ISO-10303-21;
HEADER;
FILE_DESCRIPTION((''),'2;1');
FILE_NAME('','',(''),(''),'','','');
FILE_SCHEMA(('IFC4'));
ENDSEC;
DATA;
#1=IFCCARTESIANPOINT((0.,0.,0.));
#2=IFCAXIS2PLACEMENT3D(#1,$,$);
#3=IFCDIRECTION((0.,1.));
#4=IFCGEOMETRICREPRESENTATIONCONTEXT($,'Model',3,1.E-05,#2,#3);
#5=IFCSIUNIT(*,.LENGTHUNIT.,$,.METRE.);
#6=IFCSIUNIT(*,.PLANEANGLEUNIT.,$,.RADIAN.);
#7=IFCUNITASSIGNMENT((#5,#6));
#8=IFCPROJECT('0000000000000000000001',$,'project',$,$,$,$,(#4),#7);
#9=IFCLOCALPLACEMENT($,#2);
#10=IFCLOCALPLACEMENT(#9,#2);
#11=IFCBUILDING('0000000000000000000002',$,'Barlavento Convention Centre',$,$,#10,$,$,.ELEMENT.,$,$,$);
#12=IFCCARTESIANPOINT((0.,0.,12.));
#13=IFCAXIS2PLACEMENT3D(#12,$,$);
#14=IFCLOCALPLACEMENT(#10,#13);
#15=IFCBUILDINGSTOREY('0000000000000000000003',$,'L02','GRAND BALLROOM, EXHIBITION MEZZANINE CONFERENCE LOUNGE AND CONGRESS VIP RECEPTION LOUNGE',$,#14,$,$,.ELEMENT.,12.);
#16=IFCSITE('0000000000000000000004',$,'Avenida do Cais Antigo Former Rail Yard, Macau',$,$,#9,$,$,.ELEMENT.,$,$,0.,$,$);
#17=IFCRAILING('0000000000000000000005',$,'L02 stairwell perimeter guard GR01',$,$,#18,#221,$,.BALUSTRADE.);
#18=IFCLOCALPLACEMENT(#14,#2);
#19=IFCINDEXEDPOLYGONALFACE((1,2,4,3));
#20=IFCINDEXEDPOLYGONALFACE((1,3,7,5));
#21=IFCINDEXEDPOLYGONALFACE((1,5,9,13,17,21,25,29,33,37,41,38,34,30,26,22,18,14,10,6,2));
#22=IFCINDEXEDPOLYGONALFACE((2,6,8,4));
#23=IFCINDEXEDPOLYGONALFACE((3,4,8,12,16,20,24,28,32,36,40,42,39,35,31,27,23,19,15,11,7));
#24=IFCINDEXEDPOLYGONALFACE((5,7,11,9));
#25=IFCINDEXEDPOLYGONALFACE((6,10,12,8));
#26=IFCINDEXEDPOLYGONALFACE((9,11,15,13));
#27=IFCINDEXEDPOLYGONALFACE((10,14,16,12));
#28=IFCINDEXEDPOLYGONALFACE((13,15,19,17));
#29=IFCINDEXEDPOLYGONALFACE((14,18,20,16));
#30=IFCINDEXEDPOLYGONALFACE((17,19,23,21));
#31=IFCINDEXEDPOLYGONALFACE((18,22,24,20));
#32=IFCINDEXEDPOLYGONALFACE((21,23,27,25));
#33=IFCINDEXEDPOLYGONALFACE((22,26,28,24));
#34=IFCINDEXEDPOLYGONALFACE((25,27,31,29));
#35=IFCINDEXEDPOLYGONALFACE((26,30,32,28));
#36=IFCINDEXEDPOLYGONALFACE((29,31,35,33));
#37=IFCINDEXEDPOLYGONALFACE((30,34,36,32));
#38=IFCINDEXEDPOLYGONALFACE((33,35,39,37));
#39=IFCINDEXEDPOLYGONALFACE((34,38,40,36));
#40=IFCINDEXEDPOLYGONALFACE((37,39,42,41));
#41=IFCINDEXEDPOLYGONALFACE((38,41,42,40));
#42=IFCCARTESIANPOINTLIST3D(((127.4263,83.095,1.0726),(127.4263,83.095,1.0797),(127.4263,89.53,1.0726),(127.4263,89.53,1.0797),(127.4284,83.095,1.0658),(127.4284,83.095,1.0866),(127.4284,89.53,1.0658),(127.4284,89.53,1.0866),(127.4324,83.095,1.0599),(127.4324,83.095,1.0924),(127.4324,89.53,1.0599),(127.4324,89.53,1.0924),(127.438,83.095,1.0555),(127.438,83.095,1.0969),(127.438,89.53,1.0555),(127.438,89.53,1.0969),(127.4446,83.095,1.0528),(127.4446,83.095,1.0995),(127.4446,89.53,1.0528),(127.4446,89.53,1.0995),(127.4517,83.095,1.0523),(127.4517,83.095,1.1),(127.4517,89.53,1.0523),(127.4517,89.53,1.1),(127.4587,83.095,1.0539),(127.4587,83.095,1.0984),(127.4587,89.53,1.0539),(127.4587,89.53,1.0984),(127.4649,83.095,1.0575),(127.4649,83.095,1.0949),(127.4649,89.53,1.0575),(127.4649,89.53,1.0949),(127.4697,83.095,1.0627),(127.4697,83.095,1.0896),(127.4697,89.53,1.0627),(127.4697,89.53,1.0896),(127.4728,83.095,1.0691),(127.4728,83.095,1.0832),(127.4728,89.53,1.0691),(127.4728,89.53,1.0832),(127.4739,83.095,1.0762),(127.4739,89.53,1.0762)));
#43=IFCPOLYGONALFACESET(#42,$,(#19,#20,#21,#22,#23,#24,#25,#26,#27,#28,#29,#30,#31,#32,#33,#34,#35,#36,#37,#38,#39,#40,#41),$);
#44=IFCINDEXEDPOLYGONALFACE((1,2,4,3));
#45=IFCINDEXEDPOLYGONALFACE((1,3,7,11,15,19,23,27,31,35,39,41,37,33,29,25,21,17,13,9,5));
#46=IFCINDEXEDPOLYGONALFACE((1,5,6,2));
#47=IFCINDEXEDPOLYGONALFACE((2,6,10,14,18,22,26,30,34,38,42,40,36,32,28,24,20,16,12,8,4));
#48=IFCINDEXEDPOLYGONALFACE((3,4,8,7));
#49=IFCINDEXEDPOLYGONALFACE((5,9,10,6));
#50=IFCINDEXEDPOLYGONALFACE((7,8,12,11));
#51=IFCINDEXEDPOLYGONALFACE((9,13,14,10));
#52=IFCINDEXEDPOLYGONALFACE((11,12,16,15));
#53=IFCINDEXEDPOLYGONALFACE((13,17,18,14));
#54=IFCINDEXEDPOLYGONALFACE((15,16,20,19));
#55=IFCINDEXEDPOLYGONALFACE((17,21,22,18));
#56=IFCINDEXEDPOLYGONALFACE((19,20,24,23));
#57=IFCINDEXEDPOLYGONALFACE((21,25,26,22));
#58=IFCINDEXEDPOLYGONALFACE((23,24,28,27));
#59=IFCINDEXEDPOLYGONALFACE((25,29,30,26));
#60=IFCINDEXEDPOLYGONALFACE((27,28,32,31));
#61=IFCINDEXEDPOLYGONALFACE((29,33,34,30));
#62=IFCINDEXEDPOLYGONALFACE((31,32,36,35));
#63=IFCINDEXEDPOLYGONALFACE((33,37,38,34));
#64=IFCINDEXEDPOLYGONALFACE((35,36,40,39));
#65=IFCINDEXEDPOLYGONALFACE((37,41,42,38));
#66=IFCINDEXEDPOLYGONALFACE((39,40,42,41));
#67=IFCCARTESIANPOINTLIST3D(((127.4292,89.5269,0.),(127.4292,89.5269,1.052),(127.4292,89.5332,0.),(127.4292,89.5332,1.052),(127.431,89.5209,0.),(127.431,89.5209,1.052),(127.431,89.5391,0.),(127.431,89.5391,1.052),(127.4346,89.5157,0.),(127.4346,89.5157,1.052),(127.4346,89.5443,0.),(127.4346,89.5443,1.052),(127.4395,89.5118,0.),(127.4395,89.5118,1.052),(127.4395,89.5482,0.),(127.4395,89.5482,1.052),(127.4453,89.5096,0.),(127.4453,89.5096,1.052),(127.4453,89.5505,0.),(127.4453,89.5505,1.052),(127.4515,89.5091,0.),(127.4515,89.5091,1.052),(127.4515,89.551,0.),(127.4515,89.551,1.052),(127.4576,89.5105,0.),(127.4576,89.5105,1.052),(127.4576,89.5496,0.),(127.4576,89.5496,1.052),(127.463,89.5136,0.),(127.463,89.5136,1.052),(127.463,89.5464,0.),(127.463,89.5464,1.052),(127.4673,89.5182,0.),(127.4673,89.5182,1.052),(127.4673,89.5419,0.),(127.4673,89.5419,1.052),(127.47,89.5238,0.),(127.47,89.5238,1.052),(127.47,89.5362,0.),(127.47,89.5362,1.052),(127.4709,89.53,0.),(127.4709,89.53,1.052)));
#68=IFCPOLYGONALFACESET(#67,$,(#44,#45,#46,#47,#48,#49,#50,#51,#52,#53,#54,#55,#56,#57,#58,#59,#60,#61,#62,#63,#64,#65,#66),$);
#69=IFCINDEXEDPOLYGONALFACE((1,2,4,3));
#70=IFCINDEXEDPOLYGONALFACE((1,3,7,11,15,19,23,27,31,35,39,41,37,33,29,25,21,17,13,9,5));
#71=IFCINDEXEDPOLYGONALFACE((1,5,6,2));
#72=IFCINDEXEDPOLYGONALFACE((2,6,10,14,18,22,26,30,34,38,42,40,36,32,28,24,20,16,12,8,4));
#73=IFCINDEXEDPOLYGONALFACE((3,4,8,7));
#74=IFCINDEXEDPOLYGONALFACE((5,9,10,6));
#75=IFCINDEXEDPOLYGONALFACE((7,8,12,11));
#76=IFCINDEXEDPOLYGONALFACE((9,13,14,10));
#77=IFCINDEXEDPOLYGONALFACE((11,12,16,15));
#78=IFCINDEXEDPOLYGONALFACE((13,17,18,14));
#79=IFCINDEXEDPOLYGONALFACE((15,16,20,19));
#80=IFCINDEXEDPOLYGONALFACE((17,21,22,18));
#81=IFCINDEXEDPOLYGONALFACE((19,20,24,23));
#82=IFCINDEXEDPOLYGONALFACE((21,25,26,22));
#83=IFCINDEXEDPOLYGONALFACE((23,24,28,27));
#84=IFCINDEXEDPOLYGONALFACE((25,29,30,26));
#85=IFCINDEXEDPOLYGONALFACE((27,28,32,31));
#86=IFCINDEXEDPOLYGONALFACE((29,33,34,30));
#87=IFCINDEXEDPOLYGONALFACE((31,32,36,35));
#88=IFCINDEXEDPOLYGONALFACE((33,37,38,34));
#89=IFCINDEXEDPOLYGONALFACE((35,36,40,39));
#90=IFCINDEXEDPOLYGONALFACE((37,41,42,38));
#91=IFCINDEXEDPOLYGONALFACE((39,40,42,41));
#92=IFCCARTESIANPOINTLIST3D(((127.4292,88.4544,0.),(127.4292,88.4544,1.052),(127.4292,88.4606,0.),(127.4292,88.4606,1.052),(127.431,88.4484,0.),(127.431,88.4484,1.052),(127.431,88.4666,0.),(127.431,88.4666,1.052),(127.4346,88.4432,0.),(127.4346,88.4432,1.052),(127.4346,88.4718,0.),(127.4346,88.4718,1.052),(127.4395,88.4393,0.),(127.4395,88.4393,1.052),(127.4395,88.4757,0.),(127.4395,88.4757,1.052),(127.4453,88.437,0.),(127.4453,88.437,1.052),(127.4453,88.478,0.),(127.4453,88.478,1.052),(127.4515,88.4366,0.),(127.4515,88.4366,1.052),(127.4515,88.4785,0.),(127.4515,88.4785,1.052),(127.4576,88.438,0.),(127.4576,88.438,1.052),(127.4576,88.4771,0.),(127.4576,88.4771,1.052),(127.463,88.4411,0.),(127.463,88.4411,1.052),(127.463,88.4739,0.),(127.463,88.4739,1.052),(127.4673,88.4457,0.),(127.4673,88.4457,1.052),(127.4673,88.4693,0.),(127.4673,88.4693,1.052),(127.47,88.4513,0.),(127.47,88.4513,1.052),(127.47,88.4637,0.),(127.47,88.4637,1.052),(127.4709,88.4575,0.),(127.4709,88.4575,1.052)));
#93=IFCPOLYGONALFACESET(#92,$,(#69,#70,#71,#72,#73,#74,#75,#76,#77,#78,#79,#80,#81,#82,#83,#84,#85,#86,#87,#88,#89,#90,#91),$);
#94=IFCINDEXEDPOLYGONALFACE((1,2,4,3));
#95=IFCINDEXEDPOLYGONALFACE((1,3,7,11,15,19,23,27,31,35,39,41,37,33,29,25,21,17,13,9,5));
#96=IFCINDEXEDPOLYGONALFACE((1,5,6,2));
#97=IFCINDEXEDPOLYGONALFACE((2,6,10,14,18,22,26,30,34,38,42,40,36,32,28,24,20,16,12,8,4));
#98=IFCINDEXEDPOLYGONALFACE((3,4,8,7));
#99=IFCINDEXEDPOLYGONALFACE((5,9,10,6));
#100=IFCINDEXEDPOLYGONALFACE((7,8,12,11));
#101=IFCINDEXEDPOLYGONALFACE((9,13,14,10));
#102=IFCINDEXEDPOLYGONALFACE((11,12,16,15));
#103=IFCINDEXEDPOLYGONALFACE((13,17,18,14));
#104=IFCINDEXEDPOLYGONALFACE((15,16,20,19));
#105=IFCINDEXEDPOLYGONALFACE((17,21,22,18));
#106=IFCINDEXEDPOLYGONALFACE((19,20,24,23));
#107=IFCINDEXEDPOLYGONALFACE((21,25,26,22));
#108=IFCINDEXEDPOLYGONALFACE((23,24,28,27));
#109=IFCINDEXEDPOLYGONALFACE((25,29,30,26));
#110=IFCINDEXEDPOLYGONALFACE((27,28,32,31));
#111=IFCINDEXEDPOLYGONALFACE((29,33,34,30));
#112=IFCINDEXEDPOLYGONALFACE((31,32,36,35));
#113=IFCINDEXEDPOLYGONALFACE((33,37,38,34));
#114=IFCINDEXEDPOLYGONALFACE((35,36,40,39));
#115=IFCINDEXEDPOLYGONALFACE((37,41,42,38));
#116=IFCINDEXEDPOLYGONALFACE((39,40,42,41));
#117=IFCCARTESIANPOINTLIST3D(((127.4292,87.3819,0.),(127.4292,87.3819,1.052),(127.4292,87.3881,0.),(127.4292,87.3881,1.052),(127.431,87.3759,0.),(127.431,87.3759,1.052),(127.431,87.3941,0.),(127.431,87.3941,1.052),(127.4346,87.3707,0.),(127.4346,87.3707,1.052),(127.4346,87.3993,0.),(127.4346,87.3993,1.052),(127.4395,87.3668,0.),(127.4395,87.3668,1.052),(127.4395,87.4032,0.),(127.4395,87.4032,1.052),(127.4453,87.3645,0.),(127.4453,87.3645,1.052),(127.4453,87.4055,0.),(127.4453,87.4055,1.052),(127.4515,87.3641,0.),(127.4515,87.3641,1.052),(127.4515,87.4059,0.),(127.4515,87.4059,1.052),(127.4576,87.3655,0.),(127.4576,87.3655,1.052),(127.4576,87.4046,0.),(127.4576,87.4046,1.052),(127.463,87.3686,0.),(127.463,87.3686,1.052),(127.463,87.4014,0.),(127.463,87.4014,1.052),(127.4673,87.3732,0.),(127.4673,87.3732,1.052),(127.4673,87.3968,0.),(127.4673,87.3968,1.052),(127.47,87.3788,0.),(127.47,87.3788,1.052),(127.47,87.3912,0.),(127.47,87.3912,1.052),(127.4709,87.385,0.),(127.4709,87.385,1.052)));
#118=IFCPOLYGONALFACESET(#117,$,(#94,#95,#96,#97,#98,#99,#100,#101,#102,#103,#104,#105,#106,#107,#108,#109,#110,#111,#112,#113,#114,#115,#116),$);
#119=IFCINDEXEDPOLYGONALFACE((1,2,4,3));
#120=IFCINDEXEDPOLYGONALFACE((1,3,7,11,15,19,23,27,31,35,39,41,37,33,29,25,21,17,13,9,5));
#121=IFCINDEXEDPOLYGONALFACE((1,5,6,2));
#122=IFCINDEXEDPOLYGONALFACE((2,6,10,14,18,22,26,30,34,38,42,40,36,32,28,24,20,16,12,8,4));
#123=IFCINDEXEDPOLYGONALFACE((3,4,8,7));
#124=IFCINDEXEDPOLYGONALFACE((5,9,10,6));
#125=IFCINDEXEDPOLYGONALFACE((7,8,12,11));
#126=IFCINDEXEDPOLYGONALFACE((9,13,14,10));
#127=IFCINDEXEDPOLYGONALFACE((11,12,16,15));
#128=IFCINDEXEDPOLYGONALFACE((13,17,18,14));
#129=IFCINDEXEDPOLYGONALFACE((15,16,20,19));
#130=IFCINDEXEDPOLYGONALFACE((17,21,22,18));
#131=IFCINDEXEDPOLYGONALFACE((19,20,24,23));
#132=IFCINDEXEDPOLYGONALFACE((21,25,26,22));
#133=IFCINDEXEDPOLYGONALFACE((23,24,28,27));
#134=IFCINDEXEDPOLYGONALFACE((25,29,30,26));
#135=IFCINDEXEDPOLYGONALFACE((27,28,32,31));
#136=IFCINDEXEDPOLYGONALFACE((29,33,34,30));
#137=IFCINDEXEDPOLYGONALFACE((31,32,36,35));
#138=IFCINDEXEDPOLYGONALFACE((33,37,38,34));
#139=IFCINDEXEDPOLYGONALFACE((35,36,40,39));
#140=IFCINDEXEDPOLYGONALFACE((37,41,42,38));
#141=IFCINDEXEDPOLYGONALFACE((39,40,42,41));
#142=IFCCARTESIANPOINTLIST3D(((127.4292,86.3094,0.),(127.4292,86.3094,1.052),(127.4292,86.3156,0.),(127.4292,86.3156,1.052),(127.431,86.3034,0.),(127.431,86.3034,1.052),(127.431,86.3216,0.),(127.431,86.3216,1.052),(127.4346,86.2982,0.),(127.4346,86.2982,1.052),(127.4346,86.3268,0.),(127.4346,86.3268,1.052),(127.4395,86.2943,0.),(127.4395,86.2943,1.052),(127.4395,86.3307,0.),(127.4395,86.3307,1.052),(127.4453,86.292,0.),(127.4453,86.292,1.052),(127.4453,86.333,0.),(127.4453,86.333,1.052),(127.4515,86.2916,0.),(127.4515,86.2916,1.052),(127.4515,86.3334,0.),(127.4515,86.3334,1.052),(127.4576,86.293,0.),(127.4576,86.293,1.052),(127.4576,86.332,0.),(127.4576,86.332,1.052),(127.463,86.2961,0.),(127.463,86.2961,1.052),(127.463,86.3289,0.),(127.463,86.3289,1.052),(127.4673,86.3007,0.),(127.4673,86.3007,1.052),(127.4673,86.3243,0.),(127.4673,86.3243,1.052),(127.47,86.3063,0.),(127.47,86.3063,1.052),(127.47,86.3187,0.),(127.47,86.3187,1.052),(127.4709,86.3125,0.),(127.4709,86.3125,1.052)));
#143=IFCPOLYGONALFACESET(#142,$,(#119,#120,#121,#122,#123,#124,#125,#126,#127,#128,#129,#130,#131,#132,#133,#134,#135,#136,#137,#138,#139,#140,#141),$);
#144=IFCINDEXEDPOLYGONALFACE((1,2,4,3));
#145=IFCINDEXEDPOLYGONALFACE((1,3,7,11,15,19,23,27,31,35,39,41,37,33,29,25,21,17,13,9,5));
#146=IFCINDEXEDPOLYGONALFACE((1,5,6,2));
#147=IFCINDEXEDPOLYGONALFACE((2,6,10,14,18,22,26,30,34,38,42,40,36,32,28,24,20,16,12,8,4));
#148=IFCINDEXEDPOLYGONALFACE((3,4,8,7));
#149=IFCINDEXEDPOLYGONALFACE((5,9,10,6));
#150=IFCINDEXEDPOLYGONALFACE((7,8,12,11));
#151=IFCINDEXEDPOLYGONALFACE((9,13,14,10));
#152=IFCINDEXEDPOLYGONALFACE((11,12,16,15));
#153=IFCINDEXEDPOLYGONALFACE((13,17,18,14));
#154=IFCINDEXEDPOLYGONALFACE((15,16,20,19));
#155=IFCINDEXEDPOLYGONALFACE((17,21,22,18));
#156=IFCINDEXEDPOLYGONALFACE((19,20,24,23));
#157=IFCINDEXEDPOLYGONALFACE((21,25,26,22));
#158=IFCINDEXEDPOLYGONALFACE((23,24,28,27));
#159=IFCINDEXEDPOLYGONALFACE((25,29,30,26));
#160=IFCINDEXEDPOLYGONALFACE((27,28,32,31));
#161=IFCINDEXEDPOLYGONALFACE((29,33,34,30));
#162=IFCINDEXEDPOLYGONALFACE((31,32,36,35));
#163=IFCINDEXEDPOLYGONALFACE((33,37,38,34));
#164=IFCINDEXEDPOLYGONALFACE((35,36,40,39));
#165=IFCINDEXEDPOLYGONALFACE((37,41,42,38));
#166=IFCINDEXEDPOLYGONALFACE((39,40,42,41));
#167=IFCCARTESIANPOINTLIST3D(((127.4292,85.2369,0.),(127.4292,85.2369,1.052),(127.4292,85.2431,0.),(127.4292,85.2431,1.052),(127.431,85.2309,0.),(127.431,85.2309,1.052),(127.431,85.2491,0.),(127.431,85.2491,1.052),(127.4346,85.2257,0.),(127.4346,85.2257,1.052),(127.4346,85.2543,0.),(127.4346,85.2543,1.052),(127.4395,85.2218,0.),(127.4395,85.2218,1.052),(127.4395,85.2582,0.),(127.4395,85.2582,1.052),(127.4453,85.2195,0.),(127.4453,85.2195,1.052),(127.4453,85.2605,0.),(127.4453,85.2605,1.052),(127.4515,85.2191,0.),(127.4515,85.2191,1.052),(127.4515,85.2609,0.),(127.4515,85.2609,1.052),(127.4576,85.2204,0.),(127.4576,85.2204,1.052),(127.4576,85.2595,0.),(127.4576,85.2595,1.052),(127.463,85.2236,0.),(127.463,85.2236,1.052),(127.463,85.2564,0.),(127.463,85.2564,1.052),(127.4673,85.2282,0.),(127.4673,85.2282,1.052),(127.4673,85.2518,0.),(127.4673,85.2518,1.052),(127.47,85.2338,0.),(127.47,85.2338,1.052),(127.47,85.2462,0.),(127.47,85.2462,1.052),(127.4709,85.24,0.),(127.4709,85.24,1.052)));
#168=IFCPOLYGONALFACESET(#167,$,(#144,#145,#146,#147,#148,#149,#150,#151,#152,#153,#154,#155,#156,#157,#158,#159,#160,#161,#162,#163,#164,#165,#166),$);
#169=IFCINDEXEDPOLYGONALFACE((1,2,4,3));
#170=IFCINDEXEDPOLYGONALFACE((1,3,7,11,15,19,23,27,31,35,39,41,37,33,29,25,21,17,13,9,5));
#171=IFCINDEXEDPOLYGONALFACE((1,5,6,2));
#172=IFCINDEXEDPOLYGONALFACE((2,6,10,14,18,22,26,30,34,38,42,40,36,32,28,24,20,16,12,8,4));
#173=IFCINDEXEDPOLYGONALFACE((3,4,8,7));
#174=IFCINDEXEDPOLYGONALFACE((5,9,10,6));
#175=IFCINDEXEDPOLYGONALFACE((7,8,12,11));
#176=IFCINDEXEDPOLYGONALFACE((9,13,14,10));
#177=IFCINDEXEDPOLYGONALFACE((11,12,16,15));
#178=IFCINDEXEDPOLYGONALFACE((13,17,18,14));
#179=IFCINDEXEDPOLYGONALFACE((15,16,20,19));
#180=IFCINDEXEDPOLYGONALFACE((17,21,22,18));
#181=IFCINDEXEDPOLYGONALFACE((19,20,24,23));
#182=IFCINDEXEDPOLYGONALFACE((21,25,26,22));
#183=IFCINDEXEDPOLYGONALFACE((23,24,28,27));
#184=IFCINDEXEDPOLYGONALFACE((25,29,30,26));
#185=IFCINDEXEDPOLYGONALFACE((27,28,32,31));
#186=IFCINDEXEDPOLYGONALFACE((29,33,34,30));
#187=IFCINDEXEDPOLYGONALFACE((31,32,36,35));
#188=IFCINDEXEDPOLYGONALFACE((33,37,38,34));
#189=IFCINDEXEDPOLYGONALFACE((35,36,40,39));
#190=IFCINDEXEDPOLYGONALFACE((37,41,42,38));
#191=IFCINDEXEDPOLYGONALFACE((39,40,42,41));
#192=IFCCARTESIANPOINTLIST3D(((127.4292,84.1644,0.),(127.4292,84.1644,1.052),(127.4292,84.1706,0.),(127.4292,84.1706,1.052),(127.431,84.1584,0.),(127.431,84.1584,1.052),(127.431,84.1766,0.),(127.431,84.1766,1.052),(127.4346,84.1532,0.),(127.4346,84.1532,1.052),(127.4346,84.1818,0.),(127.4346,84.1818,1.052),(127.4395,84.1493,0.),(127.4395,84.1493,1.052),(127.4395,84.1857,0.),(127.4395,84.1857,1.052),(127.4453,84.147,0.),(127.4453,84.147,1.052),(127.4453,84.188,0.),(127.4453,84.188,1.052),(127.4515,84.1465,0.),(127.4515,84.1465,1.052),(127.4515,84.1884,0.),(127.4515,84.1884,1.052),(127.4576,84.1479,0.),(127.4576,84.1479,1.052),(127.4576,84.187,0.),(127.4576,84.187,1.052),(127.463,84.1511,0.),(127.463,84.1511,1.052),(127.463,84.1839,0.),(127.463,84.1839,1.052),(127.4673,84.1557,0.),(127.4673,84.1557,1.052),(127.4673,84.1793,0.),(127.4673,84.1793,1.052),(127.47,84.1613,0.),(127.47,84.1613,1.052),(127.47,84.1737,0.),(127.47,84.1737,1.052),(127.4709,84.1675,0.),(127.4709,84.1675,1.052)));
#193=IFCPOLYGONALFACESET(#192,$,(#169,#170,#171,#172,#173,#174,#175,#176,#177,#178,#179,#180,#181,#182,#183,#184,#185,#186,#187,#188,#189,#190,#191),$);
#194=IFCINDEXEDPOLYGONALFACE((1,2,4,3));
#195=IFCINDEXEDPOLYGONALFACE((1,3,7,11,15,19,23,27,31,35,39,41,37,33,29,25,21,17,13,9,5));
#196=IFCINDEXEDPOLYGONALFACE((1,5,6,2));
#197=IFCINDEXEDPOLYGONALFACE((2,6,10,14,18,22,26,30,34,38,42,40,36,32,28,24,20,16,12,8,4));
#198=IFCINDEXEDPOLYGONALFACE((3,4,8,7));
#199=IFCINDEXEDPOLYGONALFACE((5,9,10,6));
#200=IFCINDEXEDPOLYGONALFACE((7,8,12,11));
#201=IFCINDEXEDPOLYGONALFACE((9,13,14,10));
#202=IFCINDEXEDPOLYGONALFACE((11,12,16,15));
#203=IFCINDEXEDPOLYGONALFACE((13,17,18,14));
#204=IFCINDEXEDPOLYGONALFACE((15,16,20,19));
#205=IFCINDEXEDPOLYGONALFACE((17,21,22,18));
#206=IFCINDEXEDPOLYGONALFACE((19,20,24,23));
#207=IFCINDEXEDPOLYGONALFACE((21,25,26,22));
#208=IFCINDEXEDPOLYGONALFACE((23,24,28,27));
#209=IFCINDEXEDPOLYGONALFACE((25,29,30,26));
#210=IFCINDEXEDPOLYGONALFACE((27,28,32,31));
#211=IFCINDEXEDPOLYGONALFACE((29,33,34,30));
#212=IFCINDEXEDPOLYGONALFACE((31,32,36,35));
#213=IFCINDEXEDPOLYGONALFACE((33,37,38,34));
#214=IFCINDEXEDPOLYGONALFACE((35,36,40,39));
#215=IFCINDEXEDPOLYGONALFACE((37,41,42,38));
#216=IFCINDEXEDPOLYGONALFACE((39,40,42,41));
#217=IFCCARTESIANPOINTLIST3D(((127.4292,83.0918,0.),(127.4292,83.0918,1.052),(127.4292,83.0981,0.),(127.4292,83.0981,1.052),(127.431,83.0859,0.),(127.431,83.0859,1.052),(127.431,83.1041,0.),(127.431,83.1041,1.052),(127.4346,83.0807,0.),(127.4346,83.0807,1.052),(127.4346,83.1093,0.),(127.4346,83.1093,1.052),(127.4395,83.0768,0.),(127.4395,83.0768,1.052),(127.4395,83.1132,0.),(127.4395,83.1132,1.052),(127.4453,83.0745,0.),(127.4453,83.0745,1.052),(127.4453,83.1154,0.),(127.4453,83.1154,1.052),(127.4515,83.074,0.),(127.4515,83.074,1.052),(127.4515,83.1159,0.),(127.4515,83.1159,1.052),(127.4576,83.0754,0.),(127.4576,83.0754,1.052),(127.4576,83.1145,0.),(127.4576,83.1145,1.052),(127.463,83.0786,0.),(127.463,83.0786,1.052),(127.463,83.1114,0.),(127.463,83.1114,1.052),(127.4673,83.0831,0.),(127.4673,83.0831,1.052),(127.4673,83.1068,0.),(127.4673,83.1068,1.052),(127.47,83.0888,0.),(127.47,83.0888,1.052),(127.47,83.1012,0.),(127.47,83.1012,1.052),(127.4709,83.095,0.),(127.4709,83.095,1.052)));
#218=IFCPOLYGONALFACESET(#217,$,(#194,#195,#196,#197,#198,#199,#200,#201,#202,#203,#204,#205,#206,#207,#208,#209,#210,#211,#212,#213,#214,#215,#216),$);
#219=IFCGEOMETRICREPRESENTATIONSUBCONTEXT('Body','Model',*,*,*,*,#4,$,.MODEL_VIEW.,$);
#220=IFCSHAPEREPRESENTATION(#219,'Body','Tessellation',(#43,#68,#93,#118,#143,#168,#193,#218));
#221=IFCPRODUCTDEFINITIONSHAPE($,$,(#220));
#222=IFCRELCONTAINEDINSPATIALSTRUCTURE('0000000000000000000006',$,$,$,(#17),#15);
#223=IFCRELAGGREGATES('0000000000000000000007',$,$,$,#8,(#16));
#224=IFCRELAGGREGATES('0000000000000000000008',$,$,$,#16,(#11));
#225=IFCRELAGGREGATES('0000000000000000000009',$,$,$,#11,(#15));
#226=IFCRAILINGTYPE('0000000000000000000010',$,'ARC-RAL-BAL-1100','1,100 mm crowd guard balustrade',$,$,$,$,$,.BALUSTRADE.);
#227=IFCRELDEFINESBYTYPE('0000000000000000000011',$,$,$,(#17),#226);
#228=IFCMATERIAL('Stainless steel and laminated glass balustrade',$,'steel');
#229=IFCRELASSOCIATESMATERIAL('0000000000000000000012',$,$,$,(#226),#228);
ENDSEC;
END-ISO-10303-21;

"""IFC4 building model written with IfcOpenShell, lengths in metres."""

from ifc_helpers import new_model, si_unit, direction, frame, origin, origin_2d, place, context, subcontext, project, spatial, circle, extrude, material, type_object, element, save


model = new_model("IFC4")

# Units and contexts
model_context = context("Model", 3, precision=1e-05, world=origin(), true_north=direction((0.0, 1.0)))
body_context = subcontext(model_context, "Body", "Model", "MODEL_VIEW")
ifc_project = project(units=[si_unit("LENGTHUNIT", "METRE"), si_unit("PLANEANGLEUNIT", "RADIAN")], contexts=[model_context])

# Site, building, storey
site_placement = place(None, origin())
site = spatial("IfcSite", under=ifc_project, at=site_placement, Name="Avenida do Cais Antigo Former Rail Yard, Macau", CompositionType="ELEMENT", RefElevation=0.0)
building_placement = place(site_placement, origin())
building = spatial("IfcBuilding", under=site, at=building_placement, Name="Barlavento Convention Centre", CompositionType="ELEMENT")
storey_placement = place(building_placement, frame((0.0, 0.0, 12.0)))
storey = spatial("IfcBuildingStorey", under=building, at=storey_placement, Name="L02", Description="GRAND BALLROOM, EXHIBITION MEZZANINE CONFERENCE LOUNGE AND CONGRESS VIP RECEPTION LOUNGE", CompositionType="ELEMENT", Elevation=12.0)

# Railing
ifc_material_1 = material(Name="Stainless steel and laminated glass balustrade", Category="steel")
railing_type_1 = type_object("IfcRailingType", Name="ARC-RAL-BAL-1100", Description="1,100 mm crowd guard balustrade", PredefinedType="BALUSTRADE", material=ifc_material_1)
railing_1_placement = place(storey_placement, frame((127.45, 89.53, 0.0)))
element("IfcRailing", 1, at=railing_1_placement, inside=storey, type_object=railing_type_1, Name="L02 stairwell perimeter guard GR01", PredefinedType="BALUSTRADE", context=body_context, shape_type="SweptSolid", body=[
    extrude(circle(Radius=0.0239, at=origin_2d()), frame((0.0, 0.0, 1.0762), z_axis=(0.0, -1.0, 0.0), x_axis=(1.0, 0.0, 0.0)), (0.0, 0.0, 1.0), 6.4351),
    extrude(circle(Radius=0.021, at=origin_2d()), origin(), (0.0, 0.0, 1.0), 1.052),
    extrude(circle(Radius=0.021, at=origin_2d()), frame((0.0, -1.0725, 0.0)), (0.0, 0.0, 1.0), 1.052),
    extrude(circle(Radius=0.021, at=origin_2d()), frame((0.0, -2.145, 0.0)), (0.0, 0.0, 1.0), 1.052),
    extrude(circle(Radius=0.021, at=origin_2d()), frame((0.0, -3.2175, 0.0)), (0.0, 0.0, 1.0), 1.052),
    extrude(circle(Radius=0.021, at=origin_2d()), frame((0.0, -4.29, 0.0)), (0.0, 0.0, 1.0), 1.052),
    extrude(circle(Radius=0.021, at=origin_2d()), frame((0.0, -5.3625, 0.0)), (0.0, 0.0, 1.0), 1.052),
    extrude(circle(Radius=0.021, at=origin_2d()), frame((0.0, -6.4351, 0.0)), (0.0, 0.0, 1.0), 1.052),
])

save(model, "model.ifc")
